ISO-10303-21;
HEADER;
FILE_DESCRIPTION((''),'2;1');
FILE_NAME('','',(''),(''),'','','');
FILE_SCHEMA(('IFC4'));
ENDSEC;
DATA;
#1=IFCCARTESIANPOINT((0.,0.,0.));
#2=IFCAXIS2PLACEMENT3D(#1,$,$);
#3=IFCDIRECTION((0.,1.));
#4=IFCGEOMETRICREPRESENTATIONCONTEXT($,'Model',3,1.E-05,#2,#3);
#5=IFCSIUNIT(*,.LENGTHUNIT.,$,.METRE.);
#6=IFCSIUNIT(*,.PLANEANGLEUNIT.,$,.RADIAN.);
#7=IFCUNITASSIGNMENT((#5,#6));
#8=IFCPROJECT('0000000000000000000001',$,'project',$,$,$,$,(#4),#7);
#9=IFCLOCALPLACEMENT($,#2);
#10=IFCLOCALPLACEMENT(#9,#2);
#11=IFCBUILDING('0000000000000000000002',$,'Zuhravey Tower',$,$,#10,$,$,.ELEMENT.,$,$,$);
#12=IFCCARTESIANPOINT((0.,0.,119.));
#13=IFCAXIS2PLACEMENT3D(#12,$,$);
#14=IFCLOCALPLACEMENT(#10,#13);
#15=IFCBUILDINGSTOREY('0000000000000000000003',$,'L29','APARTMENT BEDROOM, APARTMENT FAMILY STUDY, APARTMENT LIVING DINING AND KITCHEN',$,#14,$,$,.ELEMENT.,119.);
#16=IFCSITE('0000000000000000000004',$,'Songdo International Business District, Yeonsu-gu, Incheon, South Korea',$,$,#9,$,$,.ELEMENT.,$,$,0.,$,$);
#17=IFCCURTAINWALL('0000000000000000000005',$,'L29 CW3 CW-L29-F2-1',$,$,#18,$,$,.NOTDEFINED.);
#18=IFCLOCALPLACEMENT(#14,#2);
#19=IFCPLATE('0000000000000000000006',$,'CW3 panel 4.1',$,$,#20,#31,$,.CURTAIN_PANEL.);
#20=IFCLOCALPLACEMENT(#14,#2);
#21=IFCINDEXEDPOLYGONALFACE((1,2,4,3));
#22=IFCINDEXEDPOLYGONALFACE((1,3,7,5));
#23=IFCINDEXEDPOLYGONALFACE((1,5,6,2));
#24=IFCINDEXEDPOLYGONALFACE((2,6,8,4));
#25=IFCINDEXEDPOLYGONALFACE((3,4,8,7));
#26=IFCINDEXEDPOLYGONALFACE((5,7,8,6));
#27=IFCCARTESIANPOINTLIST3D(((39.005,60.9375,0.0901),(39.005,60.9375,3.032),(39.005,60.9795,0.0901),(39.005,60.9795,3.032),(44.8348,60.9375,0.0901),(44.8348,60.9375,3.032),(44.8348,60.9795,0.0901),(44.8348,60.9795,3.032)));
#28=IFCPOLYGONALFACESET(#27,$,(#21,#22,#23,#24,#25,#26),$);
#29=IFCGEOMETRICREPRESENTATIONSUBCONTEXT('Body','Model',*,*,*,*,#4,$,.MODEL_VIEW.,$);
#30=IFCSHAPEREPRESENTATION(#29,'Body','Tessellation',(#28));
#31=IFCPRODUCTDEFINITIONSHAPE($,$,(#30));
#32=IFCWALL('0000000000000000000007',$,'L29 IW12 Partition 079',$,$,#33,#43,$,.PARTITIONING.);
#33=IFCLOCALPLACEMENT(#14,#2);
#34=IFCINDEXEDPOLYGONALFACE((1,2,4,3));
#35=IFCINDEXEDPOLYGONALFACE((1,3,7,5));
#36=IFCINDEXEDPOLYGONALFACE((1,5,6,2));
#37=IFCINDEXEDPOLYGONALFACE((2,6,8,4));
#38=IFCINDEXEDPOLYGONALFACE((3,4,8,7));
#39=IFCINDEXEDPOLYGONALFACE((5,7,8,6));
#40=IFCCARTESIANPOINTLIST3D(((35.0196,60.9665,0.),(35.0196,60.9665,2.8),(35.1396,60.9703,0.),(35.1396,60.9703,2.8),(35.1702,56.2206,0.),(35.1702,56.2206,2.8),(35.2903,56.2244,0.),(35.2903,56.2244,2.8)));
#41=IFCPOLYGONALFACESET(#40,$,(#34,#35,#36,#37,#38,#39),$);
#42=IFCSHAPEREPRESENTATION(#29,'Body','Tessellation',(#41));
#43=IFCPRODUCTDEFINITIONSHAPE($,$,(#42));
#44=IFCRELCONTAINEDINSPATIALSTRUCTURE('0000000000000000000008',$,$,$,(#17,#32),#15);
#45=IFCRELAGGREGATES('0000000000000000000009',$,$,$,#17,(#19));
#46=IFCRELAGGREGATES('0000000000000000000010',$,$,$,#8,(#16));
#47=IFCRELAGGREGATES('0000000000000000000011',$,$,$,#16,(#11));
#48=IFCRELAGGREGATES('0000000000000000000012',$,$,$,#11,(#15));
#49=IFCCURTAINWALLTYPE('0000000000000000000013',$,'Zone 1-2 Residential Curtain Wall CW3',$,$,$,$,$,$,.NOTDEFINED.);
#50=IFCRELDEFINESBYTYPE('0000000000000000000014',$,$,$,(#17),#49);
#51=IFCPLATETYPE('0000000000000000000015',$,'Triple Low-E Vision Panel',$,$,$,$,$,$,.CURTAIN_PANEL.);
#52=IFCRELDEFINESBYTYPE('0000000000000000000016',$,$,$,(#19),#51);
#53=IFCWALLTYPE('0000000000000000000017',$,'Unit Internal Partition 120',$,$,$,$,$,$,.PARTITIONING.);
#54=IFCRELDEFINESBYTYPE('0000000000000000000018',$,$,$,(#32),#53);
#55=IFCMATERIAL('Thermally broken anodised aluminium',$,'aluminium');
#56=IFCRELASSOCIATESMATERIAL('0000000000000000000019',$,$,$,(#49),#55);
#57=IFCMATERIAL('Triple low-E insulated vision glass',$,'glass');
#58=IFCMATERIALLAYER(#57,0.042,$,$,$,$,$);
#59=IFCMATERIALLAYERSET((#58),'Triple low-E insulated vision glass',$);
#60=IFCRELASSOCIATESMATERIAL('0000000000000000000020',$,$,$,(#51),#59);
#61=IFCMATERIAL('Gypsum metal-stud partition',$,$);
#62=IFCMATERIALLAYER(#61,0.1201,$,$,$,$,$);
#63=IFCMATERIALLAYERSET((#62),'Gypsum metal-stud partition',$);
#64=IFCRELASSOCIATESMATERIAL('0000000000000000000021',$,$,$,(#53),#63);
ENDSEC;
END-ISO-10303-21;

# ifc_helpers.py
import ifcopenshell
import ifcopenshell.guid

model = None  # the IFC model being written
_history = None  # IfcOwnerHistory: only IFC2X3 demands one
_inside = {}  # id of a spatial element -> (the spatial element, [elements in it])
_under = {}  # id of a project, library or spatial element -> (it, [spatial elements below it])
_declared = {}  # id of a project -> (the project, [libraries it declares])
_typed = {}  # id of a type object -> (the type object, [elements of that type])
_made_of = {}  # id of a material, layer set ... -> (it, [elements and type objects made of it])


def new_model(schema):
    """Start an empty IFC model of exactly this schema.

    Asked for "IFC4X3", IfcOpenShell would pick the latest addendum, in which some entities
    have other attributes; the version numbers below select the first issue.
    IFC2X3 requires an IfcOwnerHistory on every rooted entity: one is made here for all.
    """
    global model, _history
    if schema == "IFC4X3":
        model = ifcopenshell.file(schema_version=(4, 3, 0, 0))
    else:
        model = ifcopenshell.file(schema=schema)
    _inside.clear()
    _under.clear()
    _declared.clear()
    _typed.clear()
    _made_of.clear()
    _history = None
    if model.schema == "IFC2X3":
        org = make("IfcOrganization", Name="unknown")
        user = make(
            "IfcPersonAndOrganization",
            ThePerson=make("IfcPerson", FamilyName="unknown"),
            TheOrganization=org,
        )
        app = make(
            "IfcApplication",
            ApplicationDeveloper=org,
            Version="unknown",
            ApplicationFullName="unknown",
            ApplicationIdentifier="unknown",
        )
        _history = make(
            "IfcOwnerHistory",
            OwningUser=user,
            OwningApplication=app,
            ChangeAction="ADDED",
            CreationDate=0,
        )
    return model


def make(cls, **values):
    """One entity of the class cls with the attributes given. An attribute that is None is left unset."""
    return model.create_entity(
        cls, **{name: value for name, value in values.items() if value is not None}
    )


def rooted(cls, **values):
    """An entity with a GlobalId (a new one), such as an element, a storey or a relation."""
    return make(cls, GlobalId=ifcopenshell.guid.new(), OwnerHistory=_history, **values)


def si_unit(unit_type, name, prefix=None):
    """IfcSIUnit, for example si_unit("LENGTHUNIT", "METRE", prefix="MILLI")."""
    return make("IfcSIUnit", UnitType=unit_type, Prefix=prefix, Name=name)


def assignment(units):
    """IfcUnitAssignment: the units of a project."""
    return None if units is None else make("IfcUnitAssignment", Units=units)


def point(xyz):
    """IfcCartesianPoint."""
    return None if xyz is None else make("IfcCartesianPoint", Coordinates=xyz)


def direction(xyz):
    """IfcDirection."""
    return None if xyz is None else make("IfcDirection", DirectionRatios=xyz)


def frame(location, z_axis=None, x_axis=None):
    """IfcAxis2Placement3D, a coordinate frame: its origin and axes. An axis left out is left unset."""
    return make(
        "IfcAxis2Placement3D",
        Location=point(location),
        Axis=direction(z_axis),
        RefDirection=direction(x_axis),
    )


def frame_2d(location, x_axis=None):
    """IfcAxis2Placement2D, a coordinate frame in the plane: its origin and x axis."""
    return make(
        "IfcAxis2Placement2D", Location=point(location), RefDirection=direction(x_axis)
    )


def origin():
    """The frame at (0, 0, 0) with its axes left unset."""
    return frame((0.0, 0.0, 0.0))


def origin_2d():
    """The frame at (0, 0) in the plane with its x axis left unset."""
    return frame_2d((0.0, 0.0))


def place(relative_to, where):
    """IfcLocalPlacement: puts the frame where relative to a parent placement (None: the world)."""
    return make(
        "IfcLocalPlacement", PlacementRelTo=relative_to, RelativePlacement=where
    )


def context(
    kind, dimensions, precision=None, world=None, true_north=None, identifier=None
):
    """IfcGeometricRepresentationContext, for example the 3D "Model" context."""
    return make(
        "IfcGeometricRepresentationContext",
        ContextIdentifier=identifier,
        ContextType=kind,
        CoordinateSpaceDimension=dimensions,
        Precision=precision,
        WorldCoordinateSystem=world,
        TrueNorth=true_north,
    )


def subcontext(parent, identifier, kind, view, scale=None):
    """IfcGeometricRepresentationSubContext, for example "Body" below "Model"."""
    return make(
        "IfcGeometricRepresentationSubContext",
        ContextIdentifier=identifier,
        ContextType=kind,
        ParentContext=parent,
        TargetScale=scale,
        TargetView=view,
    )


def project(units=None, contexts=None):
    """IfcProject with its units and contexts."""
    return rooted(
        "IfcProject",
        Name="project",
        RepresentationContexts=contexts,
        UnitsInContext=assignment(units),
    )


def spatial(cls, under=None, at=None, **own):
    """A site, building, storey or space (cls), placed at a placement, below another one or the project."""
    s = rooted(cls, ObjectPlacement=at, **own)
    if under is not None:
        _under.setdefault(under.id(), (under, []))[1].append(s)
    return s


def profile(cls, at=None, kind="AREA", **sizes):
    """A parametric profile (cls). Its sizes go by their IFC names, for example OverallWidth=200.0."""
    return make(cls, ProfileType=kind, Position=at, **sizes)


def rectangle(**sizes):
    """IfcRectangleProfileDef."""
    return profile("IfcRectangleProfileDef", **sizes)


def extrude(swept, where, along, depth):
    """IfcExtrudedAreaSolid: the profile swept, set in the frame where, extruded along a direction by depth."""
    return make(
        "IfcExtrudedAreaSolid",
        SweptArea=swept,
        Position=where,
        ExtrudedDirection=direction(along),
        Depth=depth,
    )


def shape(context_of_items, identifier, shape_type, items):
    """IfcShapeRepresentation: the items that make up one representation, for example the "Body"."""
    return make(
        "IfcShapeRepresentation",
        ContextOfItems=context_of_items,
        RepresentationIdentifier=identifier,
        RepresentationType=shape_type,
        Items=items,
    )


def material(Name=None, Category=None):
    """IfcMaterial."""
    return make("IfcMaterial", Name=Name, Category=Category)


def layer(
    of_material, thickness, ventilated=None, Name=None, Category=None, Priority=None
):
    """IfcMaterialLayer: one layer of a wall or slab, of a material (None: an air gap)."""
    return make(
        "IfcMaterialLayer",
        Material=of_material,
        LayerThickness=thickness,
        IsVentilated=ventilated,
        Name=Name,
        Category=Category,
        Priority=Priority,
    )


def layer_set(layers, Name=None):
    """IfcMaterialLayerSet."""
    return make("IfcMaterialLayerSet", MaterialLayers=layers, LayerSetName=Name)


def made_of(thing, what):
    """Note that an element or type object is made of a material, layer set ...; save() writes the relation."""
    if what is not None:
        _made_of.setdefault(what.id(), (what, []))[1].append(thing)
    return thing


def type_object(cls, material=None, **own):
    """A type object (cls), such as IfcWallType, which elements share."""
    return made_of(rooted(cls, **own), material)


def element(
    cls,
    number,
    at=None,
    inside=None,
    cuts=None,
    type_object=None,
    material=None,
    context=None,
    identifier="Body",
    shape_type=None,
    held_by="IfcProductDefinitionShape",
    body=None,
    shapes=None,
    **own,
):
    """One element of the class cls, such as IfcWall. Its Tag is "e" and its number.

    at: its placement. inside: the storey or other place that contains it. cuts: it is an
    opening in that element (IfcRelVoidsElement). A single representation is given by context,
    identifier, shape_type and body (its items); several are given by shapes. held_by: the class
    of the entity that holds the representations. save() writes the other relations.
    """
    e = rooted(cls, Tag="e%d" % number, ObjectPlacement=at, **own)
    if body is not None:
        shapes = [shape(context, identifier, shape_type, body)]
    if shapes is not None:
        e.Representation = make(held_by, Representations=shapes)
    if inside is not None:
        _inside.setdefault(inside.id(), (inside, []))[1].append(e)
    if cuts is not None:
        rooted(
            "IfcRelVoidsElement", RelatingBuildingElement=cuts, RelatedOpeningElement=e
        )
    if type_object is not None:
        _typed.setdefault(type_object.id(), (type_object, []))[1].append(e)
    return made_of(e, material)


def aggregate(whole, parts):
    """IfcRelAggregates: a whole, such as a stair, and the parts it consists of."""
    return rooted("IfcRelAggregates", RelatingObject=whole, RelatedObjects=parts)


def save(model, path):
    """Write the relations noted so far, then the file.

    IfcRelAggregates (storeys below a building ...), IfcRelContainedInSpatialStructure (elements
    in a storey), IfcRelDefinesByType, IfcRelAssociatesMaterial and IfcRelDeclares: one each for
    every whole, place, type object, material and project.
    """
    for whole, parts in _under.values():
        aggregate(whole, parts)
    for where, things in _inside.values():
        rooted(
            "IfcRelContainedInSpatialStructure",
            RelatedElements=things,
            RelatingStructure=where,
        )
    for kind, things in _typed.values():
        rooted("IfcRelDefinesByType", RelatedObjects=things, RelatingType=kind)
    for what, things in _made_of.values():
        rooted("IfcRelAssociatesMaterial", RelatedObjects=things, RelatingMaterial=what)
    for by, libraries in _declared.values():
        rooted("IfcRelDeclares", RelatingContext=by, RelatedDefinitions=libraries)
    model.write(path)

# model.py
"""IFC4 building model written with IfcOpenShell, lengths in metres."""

from ifc_helpers import new_model, si_unit, direction, frame, frame_2d, origin, origin_2d, place, context, subcontext, project, spatial, rectangle, extrude, material, layer, layer_set, type_object, element, aggregate, save


model = new_model("IFC4")

# Units and contexts
model_context = context("Model", 3, precision=1e-05, world=origin(), true_north=direction((0.0, 1.0)))
body_context = subcontext(model_context, "Body", "Model", "MODEL_VIEW")
ifc_project = project(units=[si_unit("LENGTHUNIT", "METRE"), si_unit("PLANEANGLEUNIT", "RADIAN")], contexts=[model_context])

# Site, building, storey
site_placement = place(None, origin())
site = spatial("IfcSite", under=ifc_project, at=site_placement, Name="Songdo International Business District, Yeonsu-gu, Incheon, South Korea", CompositionType="ELEMENT", RefElevation=0.0)
building_placement = place(site_placement, origin())
building = spatial("IfcBuilding", under=site, at=building_placement, Name="Zuhravey Tower", CompositionType="ELEMENT")
storey_placement = place(building_placement, frame((0.0, 0.0, 119.0)))
storey = spatial("IfcBuildingStorey", under=building, at=storey_placement, Name="L29", Description="APARTMENT BEDROOM, APARTMENT FAMILY STUDY, APARTMENT LIVING DINING AND KITCHEN", CompositionType="ELEMENT", Elevation=119.0)

# Curtain wall
ifc_material_1 = material(Name="Thermally broken anodised aluminium", Category="aluminium")
curtain_wall_type = type_object("IfcCurtainWallType", Name="Zone 1-2 Residential Curtain Wall CW3", PredefinedType="NOTDEFINED", material=ifc_material_1)
curtain_wall_placement = place(storey_placement, origin())
curtain_wall = element("IfcCurtainWall", 1, at=curtain_wall_placement, inside=storey, type_object=curtain_wall_type, Name="L29 CW3 CW-L29-F2-1", PredefinedType="NOTDEFINED")

# Plate
ifc_material_2 = material(Name="Triple low-E insulated vision glass", Category="glass")
ifc_layer_1 = layer(ifc_material_2, 0.042)
ifc_layer_set_1 = layer_set([ifc_layer_1], Name="Triple low-E insulated vision glass")
plate_type = type_object("IfcPlateType", Name="Triple Low-E Vision Panel", PredefinedType="CURTAIN_PANEL", material=ifc_layer_set_1)
plate_1_placement = place(storey_placement, frame((41.9199, 60.9585, 0.0901), z_axis=(0.0, 0.0, 1.0), x_axis=(1.0, 0.0, 0.0)))
plate_1 = element("IfcPlate", 2, at=plate_1_placement, type_object=plate_type, Name="CW3 panel 4.1", PredefinedType="CURTAIN_PANEL", context=body_context, shape_type="SweptSolid", body=[
    extrude(rectangle(XDim=5.8298, YDim=0.042, at=origin_2d()), origin(), (0.0, 0.0, 1.0), 2.9419),
])
aggregate(curtain_wall, [plate_1])

# Wall
ifc_material_3 = material(Name="Gypsum metal-stud partition")
ifc_layer_2 = layer(ifc_material_3, 0.1201)
ifc_layer_set_2 = layer_set([ifc_layer_2], Name="Gypsum metal-stud partition")
wall_type = type_object("IfcWallType", Name="Unit Internal Partition 120", PredefinedType="PARTITIONING", material=ifc_layer_set_2)
wall_placement = place(storey_placement, frame((35.2302, 56.2227, 0.0), z_axis=(0.0, 0.0, 1.0), x_axis=(-0.031724, 0.999497, 0.0)))
element("IfcWall", 3, at=wall_placement, inside=storey, type_object=wall_type, Name="L29 IW12 Partition 079", PredefinedType="PARTITIONING", context=body_context, shape_type="SweptSolid", body=[
    extrude(rectangle(XDim=4.7483, YDim=0.1201, at=frame_2d((2.374, 0.0))), origin(), (0.0, 0.0, 1.0), 2.8),
])

save(model, "model.ifc")
